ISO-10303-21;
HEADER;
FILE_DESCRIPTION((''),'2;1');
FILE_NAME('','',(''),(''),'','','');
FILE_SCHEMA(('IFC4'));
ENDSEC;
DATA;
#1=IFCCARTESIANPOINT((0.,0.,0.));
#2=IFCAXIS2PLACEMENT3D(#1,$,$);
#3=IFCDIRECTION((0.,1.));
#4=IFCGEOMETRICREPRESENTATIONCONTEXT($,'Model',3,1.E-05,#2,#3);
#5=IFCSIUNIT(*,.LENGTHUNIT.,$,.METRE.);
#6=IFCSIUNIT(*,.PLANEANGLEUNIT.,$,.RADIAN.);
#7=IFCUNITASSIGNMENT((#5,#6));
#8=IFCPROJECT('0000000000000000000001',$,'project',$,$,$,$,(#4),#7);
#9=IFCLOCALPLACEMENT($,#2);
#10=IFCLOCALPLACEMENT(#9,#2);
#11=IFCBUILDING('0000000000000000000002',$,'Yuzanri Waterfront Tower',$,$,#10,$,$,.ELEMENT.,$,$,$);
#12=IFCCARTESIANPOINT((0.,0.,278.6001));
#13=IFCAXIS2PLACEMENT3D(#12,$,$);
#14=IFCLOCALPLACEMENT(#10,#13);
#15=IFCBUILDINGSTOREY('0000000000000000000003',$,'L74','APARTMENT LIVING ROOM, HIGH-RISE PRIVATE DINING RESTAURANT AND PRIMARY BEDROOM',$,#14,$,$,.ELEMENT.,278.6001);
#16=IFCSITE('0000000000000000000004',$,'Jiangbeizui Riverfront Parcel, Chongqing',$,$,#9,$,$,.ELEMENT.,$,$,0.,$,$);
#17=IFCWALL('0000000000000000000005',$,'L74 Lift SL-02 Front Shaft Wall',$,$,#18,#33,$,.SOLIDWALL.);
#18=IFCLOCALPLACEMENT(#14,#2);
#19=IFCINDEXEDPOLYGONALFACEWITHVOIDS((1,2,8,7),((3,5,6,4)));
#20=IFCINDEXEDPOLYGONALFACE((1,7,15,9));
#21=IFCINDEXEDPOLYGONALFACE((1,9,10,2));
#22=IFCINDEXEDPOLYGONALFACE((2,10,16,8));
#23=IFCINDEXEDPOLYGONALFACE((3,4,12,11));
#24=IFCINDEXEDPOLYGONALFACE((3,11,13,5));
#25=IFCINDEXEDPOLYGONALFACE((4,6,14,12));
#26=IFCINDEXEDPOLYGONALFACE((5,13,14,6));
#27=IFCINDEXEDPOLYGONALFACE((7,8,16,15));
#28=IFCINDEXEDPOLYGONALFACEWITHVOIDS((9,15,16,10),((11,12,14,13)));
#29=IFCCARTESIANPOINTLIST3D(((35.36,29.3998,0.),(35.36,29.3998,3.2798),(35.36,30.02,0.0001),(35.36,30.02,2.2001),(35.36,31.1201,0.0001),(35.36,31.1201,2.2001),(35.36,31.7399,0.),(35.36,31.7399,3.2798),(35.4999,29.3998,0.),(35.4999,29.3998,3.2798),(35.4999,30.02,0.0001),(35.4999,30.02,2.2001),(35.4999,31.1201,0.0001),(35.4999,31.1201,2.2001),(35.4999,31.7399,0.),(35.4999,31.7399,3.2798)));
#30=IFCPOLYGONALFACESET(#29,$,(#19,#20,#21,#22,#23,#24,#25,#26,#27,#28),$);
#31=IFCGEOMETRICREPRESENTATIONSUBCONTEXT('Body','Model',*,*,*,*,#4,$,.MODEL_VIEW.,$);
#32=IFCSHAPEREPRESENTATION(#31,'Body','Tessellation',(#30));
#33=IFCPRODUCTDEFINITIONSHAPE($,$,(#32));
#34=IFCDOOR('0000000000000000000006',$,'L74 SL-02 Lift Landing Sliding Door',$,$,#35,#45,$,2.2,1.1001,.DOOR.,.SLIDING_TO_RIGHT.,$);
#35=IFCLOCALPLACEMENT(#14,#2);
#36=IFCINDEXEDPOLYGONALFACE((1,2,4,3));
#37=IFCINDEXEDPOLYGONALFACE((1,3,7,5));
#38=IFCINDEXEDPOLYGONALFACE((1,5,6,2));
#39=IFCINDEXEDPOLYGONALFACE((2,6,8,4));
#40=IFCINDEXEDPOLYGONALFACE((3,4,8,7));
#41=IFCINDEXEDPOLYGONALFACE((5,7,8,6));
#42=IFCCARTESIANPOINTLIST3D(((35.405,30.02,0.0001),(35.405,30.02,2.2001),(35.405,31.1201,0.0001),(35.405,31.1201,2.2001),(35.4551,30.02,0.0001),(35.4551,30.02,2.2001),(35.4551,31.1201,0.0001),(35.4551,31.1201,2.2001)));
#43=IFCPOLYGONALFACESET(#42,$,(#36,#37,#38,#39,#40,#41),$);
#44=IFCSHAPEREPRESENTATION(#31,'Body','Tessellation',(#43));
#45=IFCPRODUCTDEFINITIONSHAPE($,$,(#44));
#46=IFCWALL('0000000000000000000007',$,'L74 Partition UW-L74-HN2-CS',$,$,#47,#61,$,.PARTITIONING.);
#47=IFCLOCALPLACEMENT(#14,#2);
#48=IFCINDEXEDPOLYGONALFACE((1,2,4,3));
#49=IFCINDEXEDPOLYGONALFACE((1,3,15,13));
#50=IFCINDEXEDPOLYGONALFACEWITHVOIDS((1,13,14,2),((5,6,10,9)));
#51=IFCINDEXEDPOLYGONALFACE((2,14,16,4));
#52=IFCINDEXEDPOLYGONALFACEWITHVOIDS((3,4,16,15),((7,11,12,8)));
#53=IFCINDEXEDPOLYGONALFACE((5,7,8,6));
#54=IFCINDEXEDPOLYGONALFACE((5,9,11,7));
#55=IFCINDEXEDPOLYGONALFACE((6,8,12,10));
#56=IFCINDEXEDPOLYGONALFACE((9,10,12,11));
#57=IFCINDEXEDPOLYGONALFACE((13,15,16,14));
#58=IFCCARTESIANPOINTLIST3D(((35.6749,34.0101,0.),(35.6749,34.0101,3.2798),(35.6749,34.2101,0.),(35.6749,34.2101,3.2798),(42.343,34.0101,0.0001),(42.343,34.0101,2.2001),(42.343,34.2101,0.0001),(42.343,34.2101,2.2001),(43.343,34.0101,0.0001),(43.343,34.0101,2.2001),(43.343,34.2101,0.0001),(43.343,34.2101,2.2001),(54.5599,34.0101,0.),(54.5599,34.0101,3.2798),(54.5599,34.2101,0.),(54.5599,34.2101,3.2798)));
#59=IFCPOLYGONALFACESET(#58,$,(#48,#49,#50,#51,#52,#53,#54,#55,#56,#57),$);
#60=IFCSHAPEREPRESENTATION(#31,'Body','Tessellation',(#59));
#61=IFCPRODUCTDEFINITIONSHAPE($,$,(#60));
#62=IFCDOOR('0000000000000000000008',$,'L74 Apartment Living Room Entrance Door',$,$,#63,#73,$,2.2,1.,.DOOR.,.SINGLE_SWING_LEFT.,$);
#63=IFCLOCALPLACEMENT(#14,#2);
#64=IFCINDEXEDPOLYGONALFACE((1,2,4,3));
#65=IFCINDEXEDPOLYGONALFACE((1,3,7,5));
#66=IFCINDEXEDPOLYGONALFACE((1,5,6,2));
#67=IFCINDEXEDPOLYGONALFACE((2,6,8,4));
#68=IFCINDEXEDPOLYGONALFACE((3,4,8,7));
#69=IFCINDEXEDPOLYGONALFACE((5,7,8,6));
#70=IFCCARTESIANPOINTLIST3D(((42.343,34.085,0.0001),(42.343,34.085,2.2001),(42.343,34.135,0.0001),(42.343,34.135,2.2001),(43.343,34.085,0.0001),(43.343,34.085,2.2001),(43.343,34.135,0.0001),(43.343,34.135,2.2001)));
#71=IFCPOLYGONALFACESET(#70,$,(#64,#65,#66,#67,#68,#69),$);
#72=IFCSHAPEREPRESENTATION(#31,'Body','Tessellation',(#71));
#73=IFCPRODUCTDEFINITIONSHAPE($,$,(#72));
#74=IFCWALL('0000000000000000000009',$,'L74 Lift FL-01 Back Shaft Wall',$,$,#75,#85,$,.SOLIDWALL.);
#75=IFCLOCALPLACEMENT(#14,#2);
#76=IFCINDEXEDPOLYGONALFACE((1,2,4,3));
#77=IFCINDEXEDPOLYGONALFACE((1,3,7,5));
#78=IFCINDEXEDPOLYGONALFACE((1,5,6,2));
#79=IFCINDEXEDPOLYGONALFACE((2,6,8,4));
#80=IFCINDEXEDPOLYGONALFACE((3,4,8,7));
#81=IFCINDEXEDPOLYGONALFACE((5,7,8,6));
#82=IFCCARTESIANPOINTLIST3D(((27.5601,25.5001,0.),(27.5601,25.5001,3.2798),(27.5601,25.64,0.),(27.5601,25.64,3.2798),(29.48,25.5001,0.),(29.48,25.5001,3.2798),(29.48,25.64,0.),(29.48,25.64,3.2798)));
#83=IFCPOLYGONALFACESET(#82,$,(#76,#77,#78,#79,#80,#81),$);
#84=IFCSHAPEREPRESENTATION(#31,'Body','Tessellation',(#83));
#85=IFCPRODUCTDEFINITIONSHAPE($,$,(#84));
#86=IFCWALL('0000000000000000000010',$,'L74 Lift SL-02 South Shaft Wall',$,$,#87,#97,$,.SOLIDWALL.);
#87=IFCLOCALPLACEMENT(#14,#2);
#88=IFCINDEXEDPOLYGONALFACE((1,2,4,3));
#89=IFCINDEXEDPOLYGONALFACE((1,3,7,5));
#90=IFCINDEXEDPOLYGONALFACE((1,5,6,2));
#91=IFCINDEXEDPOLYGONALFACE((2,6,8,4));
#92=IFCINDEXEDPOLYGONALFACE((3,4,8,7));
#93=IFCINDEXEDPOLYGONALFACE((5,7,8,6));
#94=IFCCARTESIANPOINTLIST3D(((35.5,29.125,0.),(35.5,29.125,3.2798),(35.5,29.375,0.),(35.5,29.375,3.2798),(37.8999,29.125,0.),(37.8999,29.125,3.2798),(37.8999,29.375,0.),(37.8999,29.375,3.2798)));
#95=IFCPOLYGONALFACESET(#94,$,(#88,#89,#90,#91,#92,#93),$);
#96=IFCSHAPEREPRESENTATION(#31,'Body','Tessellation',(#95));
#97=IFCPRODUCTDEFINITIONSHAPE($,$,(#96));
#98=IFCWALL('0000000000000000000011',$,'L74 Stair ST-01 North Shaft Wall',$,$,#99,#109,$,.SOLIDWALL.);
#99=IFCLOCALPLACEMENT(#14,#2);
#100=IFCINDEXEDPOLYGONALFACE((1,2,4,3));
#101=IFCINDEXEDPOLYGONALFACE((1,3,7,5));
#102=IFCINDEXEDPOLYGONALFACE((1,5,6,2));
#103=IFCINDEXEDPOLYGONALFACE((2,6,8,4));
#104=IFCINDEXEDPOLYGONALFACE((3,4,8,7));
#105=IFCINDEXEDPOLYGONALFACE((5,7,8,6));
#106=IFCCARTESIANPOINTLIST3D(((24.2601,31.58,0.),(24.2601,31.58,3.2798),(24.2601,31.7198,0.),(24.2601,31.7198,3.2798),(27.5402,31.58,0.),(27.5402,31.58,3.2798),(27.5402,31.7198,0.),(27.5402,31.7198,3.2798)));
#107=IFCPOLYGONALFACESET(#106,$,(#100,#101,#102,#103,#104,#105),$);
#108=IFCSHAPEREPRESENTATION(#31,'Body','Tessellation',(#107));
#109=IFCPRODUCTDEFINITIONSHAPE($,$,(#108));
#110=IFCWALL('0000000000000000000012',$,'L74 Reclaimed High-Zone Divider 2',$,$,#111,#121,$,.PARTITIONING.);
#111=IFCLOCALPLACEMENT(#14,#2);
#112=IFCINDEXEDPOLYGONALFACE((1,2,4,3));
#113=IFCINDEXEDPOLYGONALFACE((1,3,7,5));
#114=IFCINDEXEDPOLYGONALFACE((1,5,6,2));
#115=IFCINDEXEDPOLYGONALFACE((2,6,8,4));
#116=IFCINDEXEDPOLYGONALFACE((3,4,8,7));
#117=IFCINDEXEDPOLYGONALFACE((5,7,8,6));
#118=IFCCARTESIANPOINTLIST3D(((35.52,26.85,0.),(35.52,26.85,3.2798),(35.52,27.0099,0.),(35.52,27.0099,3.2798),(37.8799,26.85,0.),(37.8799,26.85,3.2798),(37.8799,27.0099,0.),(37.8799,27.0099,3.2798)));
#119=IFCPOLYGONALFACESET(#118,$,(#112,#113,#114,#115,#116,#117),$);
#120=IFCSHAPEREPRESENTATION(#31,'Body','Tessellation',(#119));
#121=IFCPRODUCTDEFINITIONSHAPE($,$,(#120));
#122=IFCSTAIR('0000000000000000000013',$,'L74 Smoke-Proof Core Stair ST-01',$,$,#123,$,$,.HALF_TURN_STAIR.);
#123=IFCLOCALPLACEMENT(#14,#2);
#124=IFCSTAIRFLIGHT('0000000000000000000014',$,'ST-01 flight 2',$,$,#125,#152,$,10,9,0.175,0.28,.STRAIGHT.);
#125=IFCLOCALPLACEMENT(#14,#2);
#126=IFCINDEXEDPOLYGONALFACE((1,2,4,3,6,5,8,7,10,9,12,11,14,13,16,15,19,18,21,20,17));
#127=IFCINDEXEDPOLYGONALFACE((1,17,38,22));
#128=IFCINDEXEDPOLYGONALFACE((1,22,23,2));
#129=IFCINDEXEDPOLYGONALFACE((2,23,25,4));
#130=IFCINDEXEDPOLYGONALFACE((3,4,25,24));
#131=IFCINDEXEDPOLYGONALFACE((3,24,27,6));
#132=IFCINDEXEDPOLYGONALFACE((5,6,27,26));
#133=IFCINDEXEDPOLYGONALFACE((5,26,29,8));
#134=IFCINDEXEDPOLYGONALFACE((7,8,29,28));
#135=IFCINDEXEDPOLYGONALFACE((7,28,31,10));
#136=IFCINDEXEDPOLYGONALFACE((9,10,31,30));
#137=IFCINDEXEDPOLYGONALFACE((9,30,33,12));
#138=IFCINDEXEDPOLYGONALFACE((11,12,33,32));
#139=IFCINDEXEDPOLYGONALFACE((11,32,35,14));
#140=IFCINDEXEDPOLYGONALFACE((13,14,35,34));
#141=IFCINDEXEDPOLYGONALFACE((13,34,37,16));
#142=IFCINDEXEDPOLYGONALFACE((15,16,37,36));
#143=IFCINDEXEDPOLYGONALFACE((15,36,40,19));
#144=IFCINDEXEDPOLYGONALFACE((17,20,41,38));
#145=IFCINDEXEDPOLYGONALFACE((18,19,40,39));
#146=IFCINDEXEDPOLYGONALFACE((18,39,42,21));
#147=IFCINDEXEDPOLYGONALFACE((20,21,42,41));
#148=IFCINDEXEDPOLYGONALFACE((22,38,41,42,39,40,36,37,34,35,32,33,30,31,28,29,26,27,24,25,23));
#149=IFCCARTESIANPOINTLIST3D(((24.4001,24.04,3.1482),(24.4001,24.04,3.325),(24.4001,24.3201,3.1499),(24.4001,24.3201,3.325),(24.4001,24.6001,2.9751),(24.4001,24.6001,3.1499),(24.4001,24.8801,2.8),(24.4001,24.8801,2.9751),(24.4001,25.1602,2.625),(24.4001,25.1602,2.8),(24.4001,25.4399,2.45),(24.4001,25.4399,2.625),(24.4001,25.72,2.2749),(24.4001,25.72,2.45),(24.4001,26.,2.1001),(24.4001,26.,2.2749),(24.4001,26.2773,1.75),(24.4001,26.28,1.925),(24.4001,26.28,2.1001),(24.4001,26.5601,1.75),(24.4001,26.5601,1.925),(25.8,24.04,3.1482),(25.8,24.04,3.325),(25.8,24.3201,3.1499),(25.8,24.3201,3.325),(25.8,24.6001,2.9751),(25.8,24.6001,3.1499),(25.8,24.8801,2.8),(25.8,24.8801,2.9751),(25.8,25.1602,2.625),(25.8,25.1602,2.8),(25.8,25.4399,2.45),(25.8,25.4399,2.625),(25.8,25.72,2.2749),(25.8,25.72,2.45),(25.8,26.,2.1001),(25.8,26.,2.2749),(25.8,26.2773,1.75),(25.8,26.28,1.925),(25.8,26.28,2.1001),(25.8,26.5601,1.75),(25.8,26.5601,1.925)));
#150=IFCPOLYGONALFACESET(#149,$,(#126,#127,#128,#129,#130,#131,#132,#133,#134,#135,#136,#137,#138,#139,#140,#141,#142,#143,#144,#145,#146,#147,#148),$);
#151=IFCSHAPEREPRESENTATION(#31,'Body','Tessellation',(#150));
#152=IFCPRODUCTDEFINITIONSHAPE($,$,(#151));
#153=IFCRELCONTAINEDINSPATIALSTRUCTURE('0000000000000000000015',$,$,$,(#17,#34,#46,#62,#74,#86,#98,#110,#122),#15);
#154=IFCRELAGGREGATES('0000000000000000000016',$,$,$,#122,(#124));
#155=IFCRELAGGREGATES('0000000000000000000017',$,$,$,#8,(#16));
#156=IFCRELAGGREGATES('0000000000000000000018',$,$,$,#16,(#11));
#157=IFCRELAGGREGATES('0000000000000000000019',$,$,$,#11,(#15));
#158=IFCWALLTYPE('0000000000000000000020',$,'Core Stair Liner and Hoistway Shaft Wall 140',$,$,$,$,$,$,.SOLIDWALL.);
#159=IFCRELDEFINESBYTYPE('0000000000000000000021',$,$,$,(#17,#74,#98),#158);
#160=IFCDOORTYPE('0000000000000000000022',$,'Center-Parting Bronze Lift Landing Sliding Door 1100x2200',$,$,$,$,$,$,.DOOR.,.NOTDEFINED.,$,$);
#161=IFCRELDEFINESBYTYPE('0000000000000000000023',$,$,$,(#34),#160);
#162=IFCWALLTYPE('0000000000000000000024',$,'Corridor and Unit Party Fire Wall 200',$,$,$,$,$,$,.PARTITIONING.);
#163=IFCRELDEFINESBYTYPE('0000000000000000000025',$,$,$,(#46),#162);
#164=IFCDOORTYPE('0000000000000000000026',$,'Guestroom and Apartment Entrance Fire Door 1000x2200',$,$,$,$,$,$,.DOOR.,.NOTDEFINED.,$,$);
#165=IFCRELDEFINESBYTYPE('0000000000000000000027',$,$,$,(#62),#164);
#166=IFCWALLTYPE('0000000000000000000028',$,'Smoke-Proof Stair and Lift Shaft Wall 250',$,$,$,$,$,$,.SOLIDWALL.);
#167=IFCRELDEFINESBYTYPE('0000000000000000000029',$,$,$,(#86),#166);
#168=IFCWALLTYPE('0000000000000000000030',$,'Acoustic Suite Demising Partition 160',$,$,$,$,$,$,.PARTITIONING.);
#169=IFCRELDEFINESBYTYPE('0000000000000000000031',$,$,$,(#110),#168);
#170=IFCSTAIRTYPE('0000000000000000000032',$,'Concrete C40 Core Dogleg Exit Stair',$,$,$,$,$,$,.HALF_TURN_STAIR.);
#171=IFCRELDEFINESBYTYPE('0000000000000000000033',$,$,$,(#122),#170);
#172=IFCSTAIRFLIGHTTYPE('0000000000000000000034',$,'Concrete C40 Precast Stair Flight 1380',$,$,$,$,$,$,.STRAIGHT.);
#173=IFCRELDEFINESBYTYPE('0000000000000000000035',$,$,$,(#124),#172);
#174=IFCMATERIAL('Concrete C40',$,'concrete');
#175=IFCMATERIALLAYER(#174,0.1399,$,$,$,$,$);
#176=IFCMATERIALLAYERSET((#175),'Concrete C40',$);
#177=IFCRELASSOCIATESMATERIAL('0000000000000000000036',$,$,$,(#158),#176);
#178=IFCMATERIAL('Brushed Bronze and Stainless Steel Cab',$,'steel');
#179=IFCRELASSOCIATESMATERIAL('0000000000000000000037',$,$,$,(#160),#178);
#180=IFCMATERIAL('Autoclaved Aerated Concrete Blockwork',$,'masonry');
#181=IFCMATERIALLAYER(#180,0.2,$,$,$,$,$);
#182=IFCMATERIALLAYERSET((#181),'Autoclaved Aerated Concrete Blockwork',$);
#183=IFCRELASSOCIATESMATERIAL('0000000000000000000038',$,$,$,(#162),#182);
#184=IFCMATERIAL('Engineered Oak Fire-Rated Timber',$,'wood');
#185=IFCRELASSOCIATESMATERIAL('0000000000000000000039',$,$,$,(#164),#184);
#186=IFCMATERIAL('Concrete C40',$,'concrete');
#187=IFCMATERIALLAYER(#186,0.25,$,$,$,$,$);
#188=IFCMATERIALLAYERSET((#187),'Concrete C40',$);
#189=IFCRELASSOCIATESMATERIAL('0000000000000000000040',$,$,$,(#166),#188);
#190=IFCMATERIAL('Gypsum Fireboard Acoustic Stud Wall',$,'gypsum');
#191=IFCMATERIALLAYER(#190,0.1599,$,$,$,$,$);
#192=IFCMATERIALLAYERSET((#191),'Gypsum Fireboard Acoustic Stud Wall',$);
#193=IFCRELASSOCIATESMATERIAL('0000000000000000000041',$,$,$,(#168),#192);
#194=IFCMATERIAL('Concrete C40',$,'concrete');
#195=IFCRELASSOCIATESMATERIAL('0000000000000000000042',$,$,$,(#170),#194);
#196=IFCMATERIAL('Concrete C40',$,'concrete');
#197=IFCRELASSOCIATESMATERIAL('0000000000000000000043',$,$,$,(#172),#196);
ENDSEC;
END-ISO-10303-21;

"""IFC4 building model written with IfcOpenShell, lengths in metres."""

from ifc_helpers import new_model, si_unit, direction, frame, frame_2d, origin, place, context, subcontext, project, spatial, polyline, rectangle, outline, extrude, source, transform, mapped, material, layer, layer_set, type_object, element, fill, aggregate, save


model = new_model("IFC4")

# Units and contexts
model_context = context("Model", 3, precision=1e-05, world=origin(), true_north=direction((0.0, 1.0)))
body_context = subcontext(model_context, "Body", "Model", "MODEL_VIEW")
ifc_project = project(units=[si_unit("LENGTHUNIT", "METRE"), si_unit("PLANEANGLEUNIT", "RADIAN")], contexts=[model_context])

# Site, building, storey
site_placement = place(None, origin())
site = spatial("IfcSite", under=ifc_project, at=site_placement, Name="Jiangbeizui Riverfront Parcel, Chongqing", CompositionType="ELEMENT", RefElevation=0.0)
building_placement = place(site_placement, origin())
building = spatial("IfcBuilding", under=site, at=building_placement, Name="Yuzanri Waterfront Tower", CompositionType="ELEMENT")
storey_placement = place(building_placement, frame((0.0, 0.0, 278.6001)))
storey = spatial("IfcBuildingStorey", under=building, at=storey_placement, Name="L74", Description="APARTMENT LIVING ROOM, HIGH-RISE PRIVATE DINING RESTAURANT AND PRIMARY BEDROOM", CompositionType="ELEMENT", Elevation=278.6001)

# Walls, openings, doors
ifc_material_1 = material(Name="Concrete C40", Category="concrete")
ifc_layer_1 = layer(ifc_material_1, 0.1399)
ifc_layer_set_1 = layer_set([ifc_layer_1], Name="Concrete C40")
wall_type_1 = type_object("IfcWallType", Name="Core Stair Liner and Hoistway Shaft Wall 140", PredefinedType="SOLIDWALL", material=ifc_layer_set_1)
wall_1_placement = place(storey_placement, frame((35.4299, 29.3999, 0.0), z_axis=(0.0, 0.0, 1.0), x_axis=(0.0, 1.0, 0.0)))
wall_1 = element("IfcWall", 1, at=wall_1_placement, inside=storey, type_object=wall_type_1, Name="L74 Lift SL-02 Front Shaft Wall", PredefinedType="SOLIDWALL", context=body_context, shape_type="SweptSolid", body=[
    extrude(rectangle(XDim=2.3401, YDim=0.1399, at=frame_2d((1.1699, 0.0))), origin(), (0.0, 0.0, 1.0), 3.2798),
])
opening_1_placement = place(wall_1_placement, frame((0.6201, 0.0, 0.0)))
opening_1 = element("IfcOpeningElement", 2, at=opening_1_placement, cuts=wall_1, PredefinedType="OPENING", context=body_context, shape_type="SweptSolid", body=[
    extrude(rectangle(XDim=1.1001, YDim=2.2, at=frame_2d((0.55, 1.1001))), frame((0.0, 0.085, 0.0), z_axis=(0.0, -1.0, 0.0), x_axis=(1.0, 0.0, 0.0)), (0.0, 0.0, 1.0), 0.1697),
])
ifc_material_2 = material(Name="Brushed Bronze and Stainless Steel Cab", Category="steel")
door_type_1 = type_object("IfcDoorType", Name="Center-Parting Bronze Lift Landing Sliding Door 1100x2200", OperationType="NOTDEFINED", PredefinedType="DOOR", material=ifc_material_2)
shared_shape_1 = source(origin(), body_context, "Body", "SweptSolid", [
    extrude(rectangle(XDim=1.1001, YDim=2.2, at=frame_2d((0.55, 1.1001))), frame((0.0, 0.0249, 0.0), z_axis=(0.0, -1.0, 0.0), x_axis=(1.0, 0.0, 0.0)), (0.0, 0.0, 1.0), 0.05),
])
door_1_placement = place(opening_1_placement, origin())
door_1 = element("IfcDoor", 3, at=door_1_placement, inside=storey, type_object=door_type_1, Name="L74 SL-02 Lift Landing Sliding Door", OperationType="SLIDING_TO_RIGHT", OverallHeight=2.2, OverallWidth=1.1001, PredefinedType="DOOR", context=body_context, shape_type="MappedRepresentation", body=[
    mapped(shared_shape_1, transform((0.0, 0.0, 0.0), scale=1.0)),
])
fill(opening_1, door_1)
ifc_material_3 = material(Name="Autoclaved Aerated Concrete Blockwork", Category="masonry")
ifc_layer_2 = layer(ifc_material_3, 0.2)
ifc_layer_set_2 = layer_set([ifc_layer_2], Name="Autoclaved Aerated Concrete Blockwork")
wall_type_2 = type_object("IfcWallType", Name="Corridor and Unit Party Fire Wall 200", PredefinedType="PARTITIONING", material=ifc_layer_set_2)
wall_2_placement = place(storey_placement, frame((35.675, 34.1101, 0.0), z_axis=(0.0, 0.0, 1.0), x_axis=(1.0, 0.0, 0.0)))
wall_2 = element("IfcWall", 4, at=wall_2_placement, inside=storey, type_object=wall_type_2, Name="L74 Partition UW-L74-HN2-CS", PredefinedType="PARTITIONING", context=body_context, shape_type="SweptSolid", body=[
    extrude(rectangle(XDim=18.885, YDim=0.2, at=frame_2d((9.4424, 0.0))), origin(), (0.0, 0.0, 1.0), 3.2798),
])
opening_2_placement = place(wall_2_placement, frame((6.668, 0.0, 0.0)))
opening_2 = element("IfcOpeningElement", 5, at=opening_2_placement, cuts=wall_2, PredefinedType="OPENING", context=body_context, shape_type="SweptSolid", body=[
    extrude(rectangle(XDim=1.0, YDim=2.2, at=frame_2d((0.5, 1.1001))), frame((0.0, 0.1147, 0.0), z_axis=(0.0, -1.0, 0.0), x_axis=(1.0, 0.0, 0.0)), (0.0, 0.0, 1.0), 0.2297),
])
ifc_material_4 = material(Name="Engineered Oak Fire-Rated Timber", Category="wood")
door_type_2 = type_object("IfcDoorType", Name="Guestroom and Apartment Entrance Fire Door 1000x2200", OperationType="NOTDEFINED", PredefinedType="DOOR", material=ifc_material_4)
shared_shape_2 = source(origin(), body_context, "Body", "SweptSolid", [
    extrude(rectangle(XDim=1.0, YDim=2.2, at=frame_2d((0.5, 1.1001))), frame((0.0, 0.0249, 0.0), z_axis=(0.0, -1.0, 0.0), x_axis=(1.0, 0.0, 0.0)), (0.0, 0.0, 1.0), 0.05),
])
door_2_placement = place(opening_2_placement, origin())
door_2 = element("IfcDoor", 6, at=door_2_placement, inside=storey, type_object=door_type_2, Name="L74 Apartment Living Room Entrance Door", OperationType="SINGLE_SWING_LEFT", OverallHeight=2.2, OverallWidth=1.0, PredefinedType="DOOR", context=body_context, shape_type="MappedRepresentation", body=[
    mapped(shared_shape_2, transform((0.0, 0.0, 0.0), scale=1.0)),
])
fill(opening_2, door_2)

# Walls
shared_shape_3 = source(origin(), body_context, "Body", "SweptSolid", [
    extrude(rectangle(XDim=1.9199, YDim=0.1399, at=frame_2d((0.96, 0.0))), origin(), (0.0, 0.0, 1.0), 3.2798),
])
wall_3_placement = place(storey_placement, frame((27.5601, 25.5701, 0.0), z_axis=(0.0, 0.0, 1.0), x_axis=(1.0, 0.0, 0.0)))
element("IfcWall", 7, at=wall_3_placement, inside=storey, type_object=wall_type_1, Name="L74 Lift FL-01 Back Shaft Wall", PredefinedType="SOLIDWALL", context=body_context, shape_type="MappedRepresentation", body=[
    mapped(shared_shape_3, transform((0.0, 0.0, 0.0), scale=1.0)),
])
ifc_material_5 = material(Name="Concrete C40", Category="concrete")
ifc_layer_3 = layer(ifc_material_5, 0.25)
ifc_layer_set_3 = layer_set([ifc_layer_3], Name="Concrete C40")
wall_type_3 = type_object("IfcWallType", Name="Smoke-Proof Stair and Lift Shaft Wall 250", PredefinedType="SOLIDWALL", material=ifc_layer_set_3)
shared_shape_4 = source(origin(), body_context, "Body", "SweptSolid", [
    extrude(rectangle(XDim=2.3999, YDim=0.25, at=frame_2d((1.2, 0.0))), origin(), (0.0, 0.0, 1.0), 3.2798),
])
wall_4_placement = place(storey_placement, frame((35.5, 29.25, 0.0), z_axis=(0.0, 0.0, 1.0), x_axis=(1.0, 0.0, 0.0)))
element("IfcWall", 8, at=wall_4_placement, inside=storey, type_object=wall_type_3, Name="L74 Lift SL-02 South Shaft Wall", PredefinedType="SOLIDWALL", context=body_context, shape_type="MappedRepresentation", body=[
    mapped(shared_shape_4, transform((0.0, 0.0, 0.0), scale=1.0)),
])
shared_shape_5 = source(origin(), body_context, "Body", "SweptSolid", [
    extrude(rectangle(XDim=3.28, YDim=0.1399, at=frame_2d((1.6401, 0.0))), origin(), (0.0, 0.0, 1.0), 3.2798),
])
wall_5_placement = place(storey_placement, frame((24.26, 31.6499, 0.0), z_axis=(0.0, 0.0, 1.0), x_axis=(1.0, 0.0, 0.0)))
element("IfcWall", 9, at=wall_5_placement, inside=storey, type_object=wall_type_1, Name="L74 Stair ST-01 North Shaft Wall", PredefinedType="SOLIDWALL", context=body_context, shape_type="MappedRepresentation", body=[
    mapped(shared_shape_5, transform((0.0, 0.0, 0.0), scale=1.0)),
])
ifc_material_6 = material(Name="Gypsum Fireboard Acoustic Stud Wall", Category="gypsum")
ifc_layer_4 = layer(ifc_material_6, 0.1599)
ifc_layer_set_4 = layer_set([ifc_layer_4], Name="Gypsum Fireboard Acoustic Stud Wall")
wall_type_4 = type_object("IfcWallType", Name="Acoustic Suite Demising Partition 160", PredefinedType="PARTITIONING", material=ifc_layer_set_4)
shared_shape_6 = source(origin(), body_context, "Body", "SweptSolid", [
    extrude(rectangle(XDim=2.3599, YDim=0.1599, at=frame_2d((1.1799, 0.0))), origin(), (0.0, 0.0, 1.0), 3.2798),
])
wall_6_placement = place(storey_placement, frame((35.52, 26.9299, 0.0), z_axis=(0.0, 0.0, 1.0), x_axis=(1.0, 0.0, 0.0)))
element("IfcWall", 10, at=wall_6_placement, inside=storey, type_object=wall_type_4, Name="L74 Reclaimed High-Zone Divider 2", PredefinedType="PARTITIONING", context=body_context, shape_type="MappedRepresentation", body=[
    mapped(shared_shape_6, transform((0.0, 0.0, 0.0), scale=1.0)),
])

# Stair, stair flight
ifc_material_7 = material(Name="Concrete C40", Category="concrete")
stair_type = type_object("IfcStairType", Name="Concrete C40 Core Dogleg Exit Stair", PredefinedType="HALF_TURN_STAIR", material=ifc_material_7)
stair_placement = place(storey_placement, origin())
stair = element("IfcStair", 11, at=stair_placement, inside=storey, type_object=stair_type, Name="L74 Smoke-Proof Core Stair ST-01", PredefinedType="HALF_TURN_STAIR")
ifc_material_8 = material(Name="Concrete C40", Category="concrete")
stair_flight_type = type_object("IfcStairFlightType", Name="Concrete C40 Precast Stair Flight 1380", PredefinedType="STRAIGHT", material=ifc_material_8)
shared_shape_7 = source(origin(), body_context, "Body", "SweptSolid", [
    extrude(outline(polyline([(0.0, 0.0), (0.0, 0.175), (0.28, 0.175), (0.28, 0.3501), (0.5601, 0.3501), (0.5601, 0.5249), (0.8401, 0.5249), (0.8401, 0.7), (1.1201, 0.7), (1.1201, 0.875), (1.3999, 0.875), (1.3999, 1.05), (1.6799, 1.05), (1.6799, 1.2251), (1.96, 1.2251), (1.96, 1.3999), (2.24, 1.3999), (2.24, 1.575), (2.52, 1.575), (2.52, 1.75), (2.52, 1.3982), (0.2827, 0.0), (0.0, 0.0)])), frame((0.0, 0.7, 0.0), z_axis=(0.0, -1.0, 0.0), x_axis=(1.0, 0.0, 0.0)), (0.0, 0.0, 1.0), 1.3999),
])
stair_flight_placement = place(storey_placement, frame((25.1001, 26.5601, 1.75), z_axis=(0.0, 0.0, 1.0), x_axis=(0.0, -1.0, 0.0)))
stair_flight = element("IfcStairFlight", 12, at=stair_flight_placement, type_object=stair_flight_type, Name="ST-01 flight 2", NumberOfRisers=10, NumberOfTreads=9, PredefinedType="STRAIGHT", RiserHeight=0.175, TreadLength=0.28, context=body_context, shape_type="MappedRepresentation", body=[
    mapped(shared_shape_7, transform((0.0, 0.0, 0.0), scale=1.0)),
])
aggregate(stair, [stair_flight])

save(model, "model.ifc")
